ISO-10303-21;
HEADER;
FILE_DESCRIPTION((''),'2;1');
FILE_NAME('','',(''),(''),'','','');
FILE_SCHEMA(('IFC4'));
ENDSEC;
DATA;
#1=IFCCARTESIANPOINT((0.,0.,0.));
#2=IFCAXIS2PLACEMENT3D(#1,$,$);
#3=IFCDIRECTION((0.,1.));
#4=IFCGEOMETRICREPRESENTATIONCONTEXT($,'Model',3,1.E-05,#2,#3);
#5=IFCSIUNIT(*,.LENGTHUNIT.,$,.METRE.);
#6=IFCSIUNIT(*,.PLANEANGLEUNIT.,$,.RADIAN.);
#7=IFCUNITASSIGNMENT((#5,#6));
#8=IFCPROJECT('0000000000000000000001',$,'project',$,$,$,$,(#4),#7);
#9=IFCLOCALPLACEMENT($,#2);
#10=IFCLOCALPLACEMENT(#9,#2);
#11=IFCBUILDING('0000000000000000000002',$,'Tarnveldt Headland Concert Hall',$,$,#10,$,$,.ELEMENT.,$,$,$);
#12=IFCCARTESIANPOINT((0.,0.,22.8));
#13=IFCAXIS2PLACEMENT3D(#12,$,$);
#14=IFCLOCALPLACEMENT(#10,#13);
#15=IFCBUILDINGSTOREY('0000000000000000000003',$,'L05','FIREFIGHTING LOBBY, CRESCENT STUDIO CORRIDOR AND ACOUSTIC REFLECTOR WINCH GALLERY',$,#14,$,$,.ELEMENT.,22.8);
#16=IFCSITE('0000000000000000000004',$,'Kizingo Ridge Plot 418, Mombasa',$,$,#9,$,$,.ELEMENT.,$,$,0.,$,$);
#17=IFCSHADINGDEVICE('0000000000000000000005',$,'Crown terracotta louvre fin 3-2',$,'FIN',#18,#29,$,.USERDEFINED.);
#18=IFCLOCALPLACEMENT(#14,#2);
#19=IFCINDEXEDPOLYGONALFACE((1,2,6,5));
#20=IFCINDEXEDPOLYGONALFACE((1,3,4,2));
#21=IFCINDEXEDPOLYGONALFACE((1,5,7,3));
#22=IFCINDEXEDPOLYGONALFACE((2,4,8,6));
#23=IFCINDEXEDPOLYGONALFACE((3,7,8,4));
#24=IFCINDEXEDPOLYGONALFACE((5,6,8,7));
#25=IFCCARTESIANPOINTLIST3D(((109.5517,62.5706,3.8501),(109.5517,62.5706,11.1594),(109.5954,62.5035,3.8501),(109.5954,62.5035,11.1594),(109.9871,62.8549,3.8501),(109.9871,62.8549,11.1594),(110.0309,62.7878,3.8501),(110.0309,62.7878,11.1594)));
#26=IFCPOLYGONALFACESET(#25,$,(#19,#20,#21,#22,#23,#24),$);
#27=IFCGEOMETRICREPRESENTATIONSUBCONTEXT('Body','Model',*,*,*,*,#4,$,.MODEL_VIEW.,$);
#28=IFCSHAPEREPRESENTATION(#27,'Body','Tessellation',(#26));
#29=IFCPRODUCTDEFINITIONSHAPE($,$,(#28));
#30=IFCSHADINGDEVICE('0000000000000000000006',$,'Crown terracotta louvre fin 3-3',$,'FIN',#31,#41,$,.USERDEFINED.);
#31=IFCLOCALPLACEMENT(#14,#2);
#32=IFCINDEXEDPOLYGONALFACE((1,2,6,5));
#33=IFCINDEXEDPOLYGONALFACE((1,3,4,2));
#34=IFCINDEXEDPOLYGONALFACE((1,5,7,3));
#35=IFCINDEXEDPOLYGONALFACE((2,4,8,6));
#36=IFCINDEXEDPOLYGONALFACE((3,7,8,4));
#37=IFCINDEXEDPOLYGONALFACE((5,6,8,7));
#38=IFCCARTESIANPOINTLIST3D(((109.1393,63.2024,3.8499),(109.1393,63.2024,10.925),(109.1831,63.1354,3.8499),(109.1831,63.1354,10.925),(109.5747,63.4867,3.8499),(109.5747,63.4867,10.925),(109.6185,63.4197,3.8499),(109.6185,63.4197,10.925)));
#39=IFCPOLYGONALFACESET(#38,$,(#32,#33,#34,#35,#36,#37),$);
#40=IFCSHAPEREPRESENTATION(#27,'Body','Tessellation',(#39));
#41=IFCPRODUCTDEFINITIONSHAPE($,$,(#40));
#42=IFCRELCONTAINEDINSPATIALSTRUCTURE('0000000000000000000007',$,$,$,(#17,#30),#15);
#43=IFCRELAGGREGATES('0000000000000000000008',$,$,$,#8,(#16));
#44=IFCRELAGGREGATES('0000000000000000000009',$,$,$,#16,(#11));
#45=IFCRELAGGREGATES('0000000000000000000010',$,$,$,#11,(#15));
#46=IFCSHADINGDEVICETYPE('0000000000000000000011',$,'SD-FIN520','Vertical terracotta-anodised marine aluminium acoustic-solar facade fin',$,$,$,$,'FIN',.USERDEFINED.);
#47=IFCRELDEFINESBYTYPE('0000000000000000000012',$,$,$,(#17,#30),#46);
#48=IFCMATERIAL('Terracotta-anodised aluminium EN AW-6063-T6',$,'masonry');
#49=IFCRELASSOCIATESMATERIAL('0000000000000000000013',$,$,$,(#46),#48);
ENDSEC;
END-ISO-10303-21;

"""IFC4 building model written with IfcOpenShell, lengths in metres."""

from ifc_helpers import new_model, si_unit, direction, frame, origin, origin_2d, place, context, subcontext, project, spatial, rectangle, extrude, material, type_object, element, save


model = new_model("IFC4")

# Units and contexts
model_context = context("Model", 3, precision=1e-05, world=origin(), true_north=direction((0.0, 1.0)))
body_context = subcontext(model_context, "Body", "Model", "MODEL_VIEW")
ifc_project = project(units=[si_unit("LENGTHUNIT", "METRE"), si_unit("PLANEANGLEUNIT", "RADIAN")], contexts=[model_context])

# Site, building, storey
site_placement = place(None, origin())
site = spatial("IfcSite", under=ifc_project, at=site_placement, Name="Kizingo Ridge Plot 418, Mombasa", CompositionType="ELEMENT", RefElevation=0.0)
building_placement = place(site_placement, origin())
building = spatial("IfcBuilding", under=site, at=building_placement, Name="Tarnveldt Headland Concert Hall", CompositionType="ELEMENT")
storey_placement = place(building_placement, frame((0.0, 0.0, 22.8)))
storey = spatial("IfcBuildingStorey", under=building, at=storey_placement, Name="L05", Description="FIREFIGHTING LOBBY, CRESCENT STUDIO CORRIDOR AND ACOUSTIC REFLECTOR WINCH GALLERY", CompositionType="ELEMENT", Elevation=22.8)

# Shading devices
ifc_material_1 = material(Name="Terracotta-anodised aluminium EN AW-6063-T6", Category="masonry")
shading_device_type = type_object("IfcShadingDeviceType", Name="SD-FIN520", Description="Vertical terracotta-anodised marine aluminium acoustic-solar facade fin", ElementType="FIN", PredefinedType="USERDEFINED", material=ifc_material_1)
shading_device_1_placement = place(storey_placement, frame((109.7913, 62.6792, 3.8501), z_axis=(0.0, 0.0, 1.0), x_axis=(0.837337, 0.546687, 0.0)))
element("IfcShadingDevice", 1, at=shading_device_1_placement, inside=storey, type_object=shading_device_type, Name="Crown terracotta louvre fin 3-2", ObjectType="FIN", PredefinedType="USERDEFINED", context=body_context, shape_type="SweptSolid", body=[
    extrude(rectangle(XDim=0.52, YDim=0.0801, at=origin_2d()), origin(), (0.0, 0.0, 1.0), 7.3093),
])
shading_device_2_placement = place(storey_placement, frame((109.3789, 63.311, 3.8499), z_axis=(0.0, 0.0, 1.0), x_axis=(0.837337, 0.546687, 0.0)))
element("IfcShadingDevice", 2, at=shading_device_2_placement, inside=storey, type_object=shading_device_type, Name="Crown terracotta louvre fin 3-3", ObjectType="FIN", PredefinedType="USERDEFINED", context=body_context, shape_type="SweptSolid", body=[
    extrude(rectangle(XDim=0.52, YDim=0.0801, at=origin_2d()), origin(), (0.0, 0.0, 1.0), 7.0752),
])

save(model, "model.ifc")
